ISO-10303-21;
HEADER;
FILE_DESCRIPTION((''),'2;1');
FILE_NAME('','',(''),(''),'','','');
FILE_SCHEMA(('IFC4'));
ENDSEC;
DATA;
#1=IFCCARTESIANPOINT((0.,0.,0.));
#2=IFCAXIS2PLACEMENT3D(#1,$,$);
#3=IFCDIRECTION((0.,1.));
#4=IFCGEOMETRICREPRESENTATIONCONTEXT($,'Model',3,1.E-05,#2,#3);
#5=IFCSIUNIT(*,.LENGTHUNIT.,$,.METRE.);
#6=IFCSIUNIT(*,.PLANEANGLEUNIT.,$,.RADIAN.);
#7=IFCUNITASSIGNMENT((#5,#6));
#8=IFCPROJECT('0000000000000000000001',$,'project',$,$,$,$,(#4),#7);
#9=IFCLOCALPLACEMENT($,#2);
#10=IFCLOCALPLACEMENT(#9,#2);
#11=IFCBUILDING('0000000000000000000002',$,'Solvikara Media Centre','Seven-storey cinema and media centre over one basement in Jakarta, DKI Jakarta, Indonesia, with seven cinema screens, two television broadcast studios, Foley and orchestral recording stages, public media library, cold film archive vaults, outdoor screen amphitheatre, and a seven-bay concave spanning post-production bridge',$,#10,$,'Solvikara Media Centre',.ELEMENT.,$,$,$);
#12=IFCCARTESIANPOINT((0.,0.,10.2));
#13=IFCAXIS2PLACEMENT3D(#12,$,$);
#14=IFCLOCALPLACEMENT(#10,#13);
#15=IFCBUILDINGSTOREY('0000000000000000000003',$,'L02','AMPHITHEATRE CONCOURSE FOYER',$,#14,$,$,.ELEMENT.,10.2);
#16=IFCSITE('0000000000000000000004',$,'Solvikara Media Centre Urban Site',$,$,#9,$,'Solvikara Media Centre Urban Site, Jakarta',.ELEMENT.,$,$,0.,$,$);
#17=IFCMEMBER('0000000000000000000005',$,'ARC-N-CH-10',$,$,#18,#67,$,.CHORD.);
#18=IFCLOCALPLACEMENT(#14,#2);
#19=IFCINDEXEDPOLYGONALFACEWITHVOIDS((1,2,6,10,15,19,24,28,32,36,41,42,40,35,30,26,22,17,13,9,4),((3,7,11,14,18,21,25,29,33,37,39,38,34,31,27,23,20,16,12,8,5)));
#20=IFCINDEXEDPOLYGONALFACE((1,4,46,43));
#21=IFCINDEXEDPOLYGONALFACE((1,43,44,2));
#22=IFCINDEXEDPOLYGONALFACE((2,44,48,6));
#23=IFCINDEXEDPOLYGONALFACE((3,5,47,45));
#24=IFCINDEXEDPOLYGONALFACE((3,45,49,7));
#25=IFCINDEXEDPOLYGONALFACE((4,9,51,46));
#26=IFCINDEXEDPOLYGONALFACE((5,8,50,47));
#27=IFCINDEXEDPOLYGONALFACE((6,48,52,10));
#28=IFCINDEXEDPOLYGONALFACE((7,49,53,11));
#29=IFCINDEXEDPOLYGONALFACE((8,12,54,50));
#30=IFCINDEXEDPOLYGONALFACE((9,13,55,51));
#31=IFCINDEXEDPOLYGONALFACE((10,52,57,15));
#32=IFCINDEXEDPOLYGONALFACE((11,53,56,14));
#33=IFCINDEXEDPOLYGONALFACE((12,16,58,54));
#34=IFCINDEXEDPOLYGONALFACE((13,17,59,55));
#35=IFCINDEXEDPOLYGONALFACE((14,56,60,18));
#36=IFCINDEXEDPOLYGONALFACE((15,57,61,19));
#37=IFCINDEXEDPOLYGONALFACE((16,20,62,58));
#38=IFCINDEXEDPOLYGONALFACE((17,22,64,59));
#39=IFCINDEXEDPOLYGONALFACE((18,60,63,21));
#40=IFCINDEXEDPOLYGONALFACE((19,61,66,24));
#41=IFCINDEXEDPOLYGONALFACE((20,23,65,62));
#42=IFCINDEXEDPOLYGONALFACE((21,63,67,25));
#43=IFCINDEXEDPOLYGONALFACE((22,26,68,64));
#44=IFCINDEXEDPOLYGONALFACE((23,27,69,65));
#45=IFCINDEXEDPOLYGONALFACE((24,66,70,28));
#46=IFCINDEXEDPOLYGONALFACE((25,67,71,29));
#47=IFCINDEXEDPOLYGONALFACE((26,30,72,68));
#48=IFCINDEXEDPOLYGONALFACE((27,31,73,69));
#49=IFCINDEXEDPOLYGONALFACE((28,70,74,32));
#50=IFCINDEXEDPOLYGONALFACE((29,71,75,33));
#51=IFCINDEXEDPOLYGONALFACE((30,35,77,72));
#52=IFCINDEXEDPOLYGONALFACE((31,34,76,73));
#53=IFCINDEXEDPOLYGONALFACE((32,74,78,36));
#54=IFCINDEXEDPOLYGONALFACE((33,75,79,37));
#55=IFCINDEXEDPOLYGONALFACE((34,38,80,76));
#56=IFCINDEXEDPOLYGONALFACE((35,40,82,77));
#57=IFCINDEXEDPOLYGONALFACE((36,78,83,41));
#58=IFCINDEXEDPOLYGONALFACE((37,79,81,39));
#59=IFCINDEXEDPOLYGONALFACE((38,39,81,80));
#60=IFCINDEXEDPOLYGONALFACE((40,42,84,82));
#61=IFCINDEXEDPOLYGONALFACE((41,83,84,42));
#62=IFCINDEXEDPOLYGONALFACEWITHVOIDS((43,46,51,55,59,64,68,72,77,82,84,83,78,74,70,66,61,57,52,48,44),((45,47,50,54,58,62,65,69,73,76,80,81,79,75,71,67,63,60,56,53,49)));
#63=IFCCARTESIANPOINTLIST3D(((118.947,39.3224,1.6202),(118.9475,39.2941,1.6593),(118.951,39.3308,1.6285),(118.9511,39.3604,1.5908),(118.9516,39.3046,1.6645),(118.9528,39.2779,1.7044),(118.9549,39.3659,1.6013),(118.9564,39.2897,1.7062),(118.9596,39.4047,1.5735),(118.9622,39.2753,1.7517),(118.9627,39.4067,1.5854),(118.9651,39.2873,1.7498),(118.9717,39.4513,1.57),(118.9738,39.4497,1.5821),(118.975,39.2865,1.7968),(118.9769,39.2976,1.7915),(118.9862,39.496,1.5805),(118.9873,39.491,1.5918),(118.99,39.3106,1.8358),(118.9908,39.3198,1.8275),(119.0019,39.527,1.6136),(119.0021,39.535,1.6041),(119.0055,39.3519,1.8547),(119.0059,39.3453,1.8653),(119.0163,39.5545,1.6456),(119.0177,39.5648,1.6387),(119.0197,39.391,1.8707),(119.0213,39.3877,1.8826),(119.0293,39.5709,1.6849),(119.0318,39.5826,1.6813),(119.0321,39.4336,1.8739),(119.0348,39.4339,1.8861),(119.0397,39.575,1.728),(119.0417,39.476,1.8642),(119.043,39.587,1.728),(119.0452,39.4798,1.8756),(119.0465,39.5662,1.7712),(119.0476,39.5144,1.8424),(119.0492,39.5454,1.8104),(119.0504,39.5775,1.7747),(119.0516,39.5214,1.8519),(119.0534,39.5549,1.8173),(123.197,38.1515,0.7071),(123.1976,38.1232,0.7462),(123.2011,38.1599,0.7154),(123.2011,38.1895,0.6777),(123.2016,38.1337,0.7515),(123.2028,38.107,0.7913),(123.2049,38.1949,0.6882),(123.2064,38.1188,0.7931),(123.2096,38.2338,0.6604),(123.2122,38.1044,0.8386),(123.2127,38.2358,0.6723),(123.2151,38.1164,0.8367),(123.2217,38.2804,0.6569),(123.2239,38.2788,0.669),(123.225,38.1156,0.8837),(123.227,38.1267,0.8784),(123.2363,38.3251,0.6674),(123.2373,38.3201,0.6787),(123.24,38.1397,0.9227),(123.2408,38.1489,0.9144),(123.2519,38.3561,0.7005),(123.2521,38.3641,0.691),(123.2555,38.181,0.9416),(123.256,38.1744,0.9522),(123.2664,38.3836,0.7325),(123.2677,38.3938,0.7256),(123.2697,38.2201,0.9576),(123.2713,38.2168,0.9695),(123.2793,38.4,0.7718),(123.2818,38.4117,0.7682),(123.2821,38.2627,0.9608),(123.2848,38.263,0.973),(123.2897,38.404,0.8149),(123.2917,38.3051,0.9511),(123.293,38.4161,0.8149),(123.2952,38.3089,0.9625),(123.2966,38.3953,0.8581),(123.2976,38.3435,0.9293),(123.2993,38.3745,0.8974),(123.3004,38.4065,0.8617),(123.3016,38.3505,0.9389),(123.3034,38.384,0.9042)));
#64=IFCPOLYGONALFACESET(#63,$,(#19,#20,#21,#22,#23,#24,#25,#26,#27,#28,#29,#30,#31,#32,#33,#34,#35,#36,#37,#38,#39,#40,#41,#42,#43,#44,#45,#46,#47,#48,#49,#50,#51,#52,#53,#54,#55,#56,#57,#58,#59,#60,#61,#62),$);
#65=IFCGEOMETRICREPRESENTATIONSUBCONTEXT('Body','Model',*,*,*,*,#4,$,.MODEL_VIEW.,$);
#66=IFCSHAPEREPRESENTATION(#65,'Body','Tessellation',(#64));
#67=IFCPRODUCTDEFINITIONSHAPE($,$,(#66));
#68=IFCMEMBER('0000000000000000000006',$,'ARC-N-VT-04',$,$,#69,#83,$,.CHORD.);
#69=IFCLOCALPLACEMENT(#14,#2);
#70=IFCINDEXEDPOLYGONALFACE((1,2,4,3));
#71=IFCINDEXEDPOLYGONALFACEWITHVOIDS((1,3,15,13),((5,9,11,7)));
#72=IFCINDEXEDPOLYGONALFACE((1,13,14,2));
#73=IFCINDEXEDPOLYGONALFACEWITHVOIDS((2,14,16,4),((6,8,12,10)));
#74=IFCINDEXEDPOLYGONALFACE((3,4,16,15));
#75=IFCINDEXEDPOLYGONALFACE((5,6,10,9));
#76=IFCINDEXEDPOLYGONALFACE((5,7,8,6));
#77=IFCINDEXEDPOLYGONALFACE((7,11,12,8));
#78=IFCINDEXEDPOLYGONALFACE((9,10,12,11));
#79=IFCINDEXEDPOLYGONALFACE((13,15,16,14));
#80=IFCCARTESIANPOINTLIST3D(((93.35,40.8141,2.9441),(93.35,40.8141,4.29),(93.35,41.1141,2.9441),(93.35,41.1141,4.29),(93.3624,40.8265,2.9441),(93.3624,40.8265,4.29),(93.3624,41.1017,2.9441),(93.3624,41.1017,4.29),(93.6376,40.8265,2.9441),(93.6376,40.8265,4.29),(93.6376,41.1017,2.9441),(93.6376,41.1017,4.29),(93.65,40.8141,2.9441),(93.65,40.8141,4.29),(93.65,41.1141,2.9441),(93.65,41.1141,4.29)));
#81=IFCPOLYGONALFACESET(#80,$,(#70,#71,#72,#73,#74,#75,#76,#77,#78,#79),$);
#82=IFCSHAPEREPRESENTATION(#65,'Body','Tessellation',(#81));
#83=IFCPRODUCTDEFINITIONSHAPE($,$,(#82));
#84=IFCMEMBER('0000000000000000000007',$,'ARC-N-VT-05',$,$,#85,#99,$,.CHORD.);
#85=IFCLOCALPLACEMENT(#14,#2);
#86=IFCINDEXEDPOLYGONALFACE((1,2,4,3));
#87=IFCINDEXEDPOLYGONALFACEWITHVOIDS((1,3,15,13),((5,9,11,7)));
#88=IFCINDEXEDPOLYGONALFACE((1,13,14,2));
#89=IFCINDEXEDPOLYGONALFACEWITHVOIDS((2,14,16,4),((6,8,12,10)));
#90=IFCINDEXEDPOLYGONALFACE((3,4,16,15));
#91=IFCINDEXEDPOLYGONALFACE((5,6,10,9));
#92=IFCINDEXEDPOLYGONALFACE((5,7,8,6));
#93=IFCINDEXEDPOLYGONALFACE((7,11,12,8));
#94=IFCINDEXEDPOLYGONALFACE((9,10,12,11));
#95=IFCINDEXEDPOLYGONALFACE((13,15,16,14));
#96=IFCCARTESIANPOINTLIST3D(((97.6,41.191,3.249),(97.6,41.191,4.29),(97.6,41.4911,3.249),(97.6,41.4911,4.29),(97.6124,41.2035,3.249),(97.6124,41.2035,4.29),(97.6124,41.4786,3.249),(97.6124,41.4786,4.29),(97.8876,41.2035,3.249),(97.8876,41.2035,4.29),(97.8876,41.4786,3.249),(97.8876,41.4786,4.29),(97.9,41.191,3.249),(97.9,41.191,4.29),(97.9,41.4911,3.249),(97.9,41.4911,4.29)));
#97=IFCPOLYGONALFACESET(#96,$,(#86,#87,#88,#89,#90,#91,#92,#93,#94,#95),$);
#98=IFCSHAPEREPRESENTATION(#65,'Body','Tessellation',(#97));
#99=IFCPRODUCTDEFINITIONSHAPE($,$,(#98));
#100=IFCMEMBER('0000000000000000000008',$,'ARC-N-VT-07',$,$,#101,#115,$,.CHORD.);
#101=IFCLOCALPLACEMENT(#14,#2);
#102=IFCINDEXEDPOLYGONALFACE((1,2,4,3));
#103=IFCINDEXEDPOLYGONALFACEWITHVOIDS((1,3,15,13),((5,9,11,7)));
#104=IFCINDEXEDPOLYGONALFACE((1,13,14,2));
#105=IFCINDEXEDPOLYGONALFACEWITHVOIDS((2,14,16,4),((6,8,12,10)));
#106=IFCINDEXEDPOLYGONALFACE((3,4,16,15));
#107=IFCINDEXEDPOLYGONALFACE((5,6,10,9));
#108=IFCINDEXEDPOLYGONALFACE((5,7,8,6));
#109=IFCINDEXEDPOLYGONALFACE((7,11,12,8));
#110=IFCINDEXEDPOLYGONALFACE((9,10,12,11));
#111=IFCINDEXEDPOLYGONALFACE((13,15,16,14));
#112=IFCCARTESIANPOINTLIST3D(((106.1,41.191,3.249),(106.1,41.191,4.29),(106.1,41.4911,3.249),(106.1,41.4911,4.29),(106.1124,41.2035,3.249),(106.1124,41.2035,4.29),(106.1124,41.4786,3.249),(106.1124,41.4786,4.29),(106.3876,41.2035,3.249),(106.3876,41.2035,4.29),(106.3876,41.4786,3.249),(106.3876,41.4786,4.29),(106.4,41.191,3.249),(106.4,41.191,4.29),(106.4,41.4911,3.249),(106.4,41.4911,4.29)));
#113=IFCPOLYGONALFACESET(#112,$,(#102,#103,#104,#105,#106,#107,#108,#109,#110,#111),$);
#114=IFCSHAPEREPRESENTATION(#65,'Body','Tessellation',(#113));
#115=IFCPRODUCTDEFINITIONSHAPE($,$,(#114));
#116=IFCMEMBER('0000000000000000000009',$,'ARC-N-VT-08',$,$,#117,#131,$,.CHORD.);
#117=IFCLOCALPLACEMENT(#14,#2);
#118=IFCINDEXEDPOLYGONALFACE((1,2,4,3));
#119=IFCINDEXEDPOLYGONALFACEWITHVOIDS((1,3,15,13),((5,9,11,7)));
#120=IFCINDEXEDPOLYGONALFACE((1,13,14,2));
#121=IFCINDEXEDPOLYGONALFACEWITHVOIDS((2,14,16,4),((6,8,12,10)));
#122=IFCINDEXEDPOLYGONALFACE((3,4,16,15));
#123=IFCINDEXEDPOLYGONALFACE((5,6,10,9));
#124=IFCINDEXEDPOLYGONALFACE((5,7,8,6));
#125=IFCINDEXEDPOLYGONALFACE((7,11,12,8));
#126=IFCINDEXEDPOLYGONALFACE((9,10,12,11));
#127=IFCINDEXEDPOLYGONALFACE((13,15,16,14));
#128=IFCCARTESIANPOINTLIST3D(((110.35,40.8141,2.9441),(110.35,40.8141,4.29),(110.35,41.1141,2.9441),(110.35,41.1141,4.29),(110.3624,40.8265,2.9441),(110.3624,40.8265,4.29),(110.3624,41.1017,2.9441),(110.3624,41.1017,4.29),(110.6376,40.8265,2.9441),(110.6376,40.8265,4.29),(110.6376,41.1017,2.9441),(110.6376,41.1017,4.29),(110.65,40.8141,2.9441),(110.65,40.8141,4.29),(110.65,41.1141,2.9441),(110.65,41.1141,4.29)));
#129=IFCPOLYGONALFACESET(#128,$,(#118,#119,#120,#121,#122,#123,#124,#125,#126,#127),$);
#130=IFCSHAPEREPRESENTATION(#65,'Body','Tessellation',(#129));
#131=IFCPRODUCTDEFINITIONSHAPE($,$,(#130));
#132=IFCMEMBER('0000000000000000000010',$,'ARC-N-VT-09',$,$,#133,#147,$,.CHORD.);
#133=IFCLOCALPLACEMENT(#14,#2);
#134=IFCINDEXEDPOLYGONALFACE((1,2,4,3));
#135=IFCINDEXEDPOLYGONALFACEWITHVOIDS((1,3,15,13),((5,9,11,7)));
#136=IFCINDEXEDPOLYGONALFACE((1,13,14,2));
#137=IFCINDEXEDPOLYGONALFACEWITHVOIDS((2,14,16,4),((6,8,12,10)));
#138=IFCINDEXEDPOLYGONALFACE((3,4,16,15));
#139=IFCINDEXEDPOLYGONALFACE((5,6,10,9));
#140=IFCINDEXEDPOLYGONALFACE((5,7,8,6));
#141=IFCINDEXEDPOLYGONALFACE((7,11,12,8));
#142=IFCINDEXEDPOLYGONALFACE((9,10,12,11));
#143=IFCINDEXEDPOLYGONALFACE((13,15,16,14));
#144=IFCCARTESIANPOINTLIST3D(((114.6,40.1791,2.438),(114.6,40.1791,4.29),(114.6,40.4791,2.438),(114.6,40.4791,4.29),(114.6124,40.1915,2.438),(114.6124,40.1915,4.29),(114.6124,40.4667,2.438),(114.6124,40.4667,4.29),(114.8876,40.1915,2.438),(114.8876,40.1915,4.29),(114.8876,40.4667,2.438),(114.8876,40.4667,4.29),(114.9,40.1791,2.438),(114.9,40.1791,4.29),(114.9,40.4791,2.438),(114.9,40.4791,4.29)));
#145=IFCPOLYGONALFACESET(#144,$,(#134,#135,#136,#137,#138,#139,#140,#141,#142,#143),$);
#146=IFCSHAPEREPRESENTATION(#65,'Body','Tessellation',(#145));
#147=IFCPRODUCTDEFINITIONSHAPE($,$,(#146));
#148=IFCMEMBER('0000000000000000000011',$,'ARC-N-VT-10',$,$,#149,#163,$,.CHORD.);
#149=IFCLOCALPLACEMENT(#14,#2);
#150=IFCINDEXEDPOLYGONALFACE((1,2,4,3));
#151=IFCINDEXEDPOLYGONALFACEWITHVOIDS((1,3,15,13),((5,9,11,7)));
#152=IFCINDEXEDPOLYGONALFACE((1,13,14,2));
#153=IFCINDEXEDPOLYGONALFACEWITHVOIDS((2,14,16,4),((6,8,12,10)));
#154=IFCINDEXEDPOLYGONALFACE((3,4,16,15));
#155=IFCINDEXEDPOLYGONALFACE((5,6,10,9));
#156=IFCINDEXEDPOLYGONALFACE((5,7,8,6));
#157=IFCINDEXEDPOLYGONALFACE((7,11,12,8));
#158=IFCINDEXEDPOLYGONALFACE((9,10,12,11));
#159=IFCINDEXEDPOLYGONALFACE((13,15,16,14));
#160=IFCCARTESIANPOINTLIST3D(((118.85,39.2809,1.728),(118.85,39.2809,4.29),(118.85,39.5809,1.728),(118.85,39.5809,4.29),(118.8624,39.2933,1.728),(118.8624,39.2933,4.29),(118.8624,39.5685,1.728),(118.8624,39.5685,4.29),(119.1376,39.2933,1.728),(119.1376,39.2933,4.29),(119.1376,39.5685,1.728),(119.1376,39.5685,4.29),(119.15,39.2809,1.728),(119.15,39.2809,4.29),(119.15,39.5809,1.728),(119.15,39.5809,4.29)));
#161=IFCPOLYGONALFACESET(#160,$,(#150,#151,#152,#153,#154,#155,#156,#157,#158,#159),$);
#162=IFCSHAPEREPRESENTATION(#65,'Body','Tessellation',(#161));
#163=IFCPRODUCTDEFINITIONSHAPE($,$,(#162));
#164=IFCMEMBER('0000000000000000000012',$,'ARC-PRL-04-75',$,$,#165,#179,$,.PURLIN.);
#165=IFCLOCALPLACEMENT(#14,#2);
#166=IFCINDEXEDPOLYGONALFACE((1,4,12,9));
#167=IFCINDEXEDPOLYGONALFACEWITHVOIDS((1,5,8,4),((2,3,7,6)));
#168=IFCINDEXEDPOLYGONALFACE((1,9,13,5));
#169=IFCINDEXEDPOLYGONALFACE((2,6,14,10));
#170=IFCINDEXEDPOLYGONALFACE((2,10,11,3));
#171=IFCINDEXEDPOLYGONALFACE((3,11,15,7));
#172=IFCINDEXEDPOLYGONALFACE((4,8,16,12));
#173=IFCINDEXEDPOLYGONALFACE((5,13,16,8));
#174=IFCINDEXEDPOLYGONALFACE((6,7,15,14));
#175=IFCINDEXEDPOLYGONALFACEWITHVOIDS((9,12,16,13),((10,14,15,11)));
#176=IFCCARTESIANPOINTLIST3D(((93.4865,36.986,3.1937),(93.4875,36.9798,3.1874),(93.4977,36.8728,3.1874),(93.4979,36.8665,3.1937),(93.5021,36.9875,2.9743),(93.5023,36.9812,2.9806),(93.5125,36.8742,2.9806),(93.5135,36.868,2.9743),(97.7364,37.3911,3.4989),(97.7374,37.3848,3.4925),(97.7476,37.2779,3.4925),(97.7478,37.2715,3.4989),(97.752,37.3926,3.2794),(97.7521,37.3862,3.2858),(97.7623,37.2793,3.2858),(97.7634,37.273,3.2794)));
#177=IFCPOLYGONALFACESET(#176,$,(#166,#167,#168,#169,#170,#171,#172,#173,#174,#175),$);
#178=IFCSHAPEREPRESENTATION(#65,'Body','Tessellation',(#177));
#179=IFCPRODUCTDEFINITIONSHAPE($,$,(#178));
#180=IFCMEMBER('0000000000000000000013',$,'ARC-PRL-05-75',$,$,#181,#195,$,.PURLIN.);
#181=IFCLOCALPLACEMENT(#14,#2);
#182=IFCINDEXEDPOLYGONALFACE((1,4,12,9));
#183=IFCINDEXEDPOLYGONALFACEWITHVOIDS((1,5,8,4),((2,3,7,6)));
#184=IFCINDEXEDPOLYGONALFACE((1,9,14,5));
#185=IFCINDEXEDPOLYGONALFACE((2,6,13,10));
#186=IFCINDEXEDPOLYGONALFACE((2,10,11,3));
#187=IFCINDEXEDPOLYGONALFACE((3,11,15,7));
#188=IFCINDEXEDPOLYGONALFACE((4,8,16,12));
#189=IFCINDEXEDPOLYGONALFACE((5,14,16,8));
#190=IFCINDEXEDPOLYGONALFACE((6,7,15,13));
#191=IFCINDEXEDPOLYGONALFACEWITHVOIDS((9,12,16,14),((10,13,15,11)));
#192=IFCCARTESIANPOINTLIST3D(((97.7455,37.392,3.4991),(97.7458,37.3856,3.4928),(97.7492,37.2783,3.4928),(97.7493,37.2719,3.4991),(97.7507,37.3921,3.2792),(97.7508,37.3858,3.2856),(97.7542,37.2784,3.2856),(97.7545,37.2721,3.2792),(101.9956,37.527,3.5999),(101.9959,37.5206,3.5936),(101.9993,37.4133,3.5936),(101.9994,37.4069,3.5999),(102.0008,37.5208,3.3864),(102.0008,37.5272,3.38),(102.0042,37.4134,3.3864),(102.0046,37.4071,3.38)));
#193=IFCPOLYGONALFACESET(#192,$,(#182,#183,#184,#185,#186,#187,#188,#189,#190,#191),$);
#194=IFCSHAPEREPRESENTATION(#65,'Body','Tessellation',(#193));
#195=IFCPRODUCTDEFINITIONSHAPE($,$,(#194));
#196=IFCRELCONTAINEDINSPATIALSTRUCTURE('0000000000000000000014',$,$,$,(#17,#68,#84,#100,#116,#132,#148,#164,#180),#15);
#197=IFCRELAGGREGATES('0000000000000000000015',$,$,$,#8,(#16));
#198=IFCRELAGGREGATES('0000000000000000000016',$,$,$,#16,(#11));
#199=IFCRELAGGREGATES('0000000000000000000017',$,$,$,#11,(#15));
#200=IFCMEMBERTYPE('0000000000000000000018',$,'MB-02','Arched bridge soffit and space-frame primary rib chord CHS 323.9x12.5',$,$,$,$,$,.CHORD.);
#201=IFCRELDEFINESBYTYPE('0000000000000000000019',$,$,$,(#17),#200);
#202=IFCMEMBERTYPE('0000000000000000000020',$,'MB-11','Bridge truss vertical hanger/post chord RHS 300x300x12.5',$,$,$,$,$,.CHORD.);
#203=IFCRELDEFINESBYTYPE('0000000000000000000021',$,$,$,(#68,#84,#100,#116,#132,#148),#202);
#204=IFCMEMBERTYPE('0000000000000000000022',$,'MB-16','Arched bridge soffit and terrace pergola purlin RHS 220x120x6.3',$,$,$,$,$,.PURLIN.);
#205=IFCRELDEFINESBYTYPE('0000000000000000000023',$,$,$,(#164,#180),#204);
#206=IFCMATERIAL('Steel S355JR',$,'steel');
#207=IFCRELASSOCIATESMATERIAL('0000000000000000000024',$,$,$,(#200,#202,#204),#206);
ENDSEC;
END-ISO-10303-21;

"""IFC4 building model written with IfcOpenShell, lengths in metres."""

from ifc_helpers import new_model, si_unit, direction, frame, origin, origin_2d, place, context, subcontext, project, spatial, hollow_rectangle, hollow_circle, extrude, material, material_profile, profile_set, type_object, element, save


model = new_model("IFC4")

# Units and contexts
model_context = context("Model", 3, precision=1e-05, world=origin(), true_north=direction((0.0, 1.0)))
body_context = subcontext(model_context, "Body", "Model", "MODEL_VIEW")
ifc_project = project(units=[si_unit("LENGTHUNIT", "METRE"), si_unit("PLANEANGLEUNIT", "RADIAN")], contexts=[model_context])

# Site, building, storey
site_placement = place(None, origin())
site = spatial("IfcSite", under=ifc_project, at=site_placement, Name="Solvikara Media Centre Urban Site", LongName="Solvikara Media Centre Urban Site, Jakarta", CompositionType="ELEMENT", RefElevation=0.0)
building_placement = place(site_placement, origin())
building = spatial("IfcBuilding", under=site, at=building_placement, Name="Solvikara Media Centre", Description="Seven-storey cinema and media centre over one basement in Jakarta, DKI Jakarta, Indonesia, with seven cinema screens, two television broadcast studios, Foley and orchestral recording stages, public media library, cold film archive vaults, outdoor screen amphitheatre, and a seven-bay concave spanning post-production bridge", LongName="Solvikara Media Centre", CompositionType="ELEMENT")
storey_placement = place(building_placement, frame((0.0, 0.0, 10.2)))
storey = spatial("IfcBuildingStorey", under=building, at=storey_placement, Name="L02", Description="AMPHITHEATRE CONCOURSE FOYER", CompositionType="ELEMENT", Elevation=10.2)

# Members
ifc_material = material(Name="Steel S355JR", Category="steel")
ifc_material_profile_1 = material_profile(ifc_material, hollow_circle(Radius=0.1619, WallThickness=0.0125, at=origin_2d()), Name="CHS 323.9x12.5")
ifc_profile_set_1 = profile_set([ifc_material_profile_1], Name="Steel S355JR")
member_type_1 = type_object("IfcMemberType", Name="MB-02", Description="Arched bridge soffit and space-frame primary rib chord CHS 323.9x12.5", PredefinedType="CHORD", material=ifc_profile_set_1)
member_1_placement = place(storey_placement, frame((119.0, 39.4309, 1.728), z_axis=(0.944043, -0.260089, -0.202822), x_axis=(0.26561, 0.964081, 0.0)))
element("IfcMember", 1, at=member_1_placement, inside=storey, type_object=member_type_1, Name="ARC-N-CH-10", PredefinedType="CHORD", context=body_context, shape_type="SweptSolid", body=[
    extrude(hollow_circle(Radius=0.1619, WallThickness=0.0125, at=origin_2d()), origin(), (0.0, 0.0, 1.0), 4.502),
])
ifc_material_profile_2 = material_profile(ifc_material, hollow_rectangle(XDim=0.3, YDim=0.3, WallThickness=0.0125, at=origin_2d()), Name="RHS 300x300x12.5")
ifc_profile_set_2 = profile_set([ifc_material_profile_2], Name="Steel S355JR")
member_type_2 = type_object("IfcMemberType", Name="MB-11", Description="Bridge truss vertical hanger/post chord RHS 300x300x12.5", PredefinedType="CHORD", material=ifc_profile_set_2)
member_2_placement = place(storey_placement, frame((93.5, 40.9641, 2.9441), z_axis=(0.0, 0.0, 1.0), x_axis=(1.0, 0.0, 0.0)))
element("IfcMember", 2, at=member_2_placement, inside=storey, type_object=member_type_2, Name="ARC-N-VT-04", PredefinedType="CHORD", context=body_context, shape_type="SweptSolid", body=[
    extrude(hollow_rectangle(XDim=0.3, YDim=0.3, WallThickness=0.0125, at=origin_2d()), origin(), (0.0, 0.0, 1.0), 1.3459),
])
for number, where, z_axis, x_axis, name in (
    (3, (97.75, 41.3411, 3.249), (0.0, 0.0, 1.0), (1.0, 0.0, 0.0), "ARC-N-VT-05"),
    (4, (106.25, 41.3411, 3.249), (0.0, 0.0, 1.0), (1.0, 0.0, 0.0), "ARC-N-VT-07"),
):
    element("IfcMember", number, at=place(storey_placement, frame(where, z_axis=z_axis, x_axis=x_axis)), inside=storey, type_object=member_type_2, Name=name, PredefinedType="CHORD", context=body_context, shape_type="SweptSolid", body=[
        extrude(hollow_rectangle(XDim=0.3, YDim=0.3, WallThickness=0.0125, at=origin_2d()), origin(), (0.0, 0.0, 1.0), 1.041),
    ])
member_3_placement = place(storey_placement, frame((110.5, 40.9641, 2.9441), z_axis=(0.0, 0.0, 1.0), x_axis=(1.0, 0.0, 0.0)))
element("IfcMember", 5, at=member_3_placement, inside=storey, type_object=member_type_2, Name="ARC-N-VT-08", PredefinedType="CHORD", context=body_context, shape_type="SweptSolid", body=[
    extrude(hollow_rectangle(XDim=0.3, YDim=0.3, WallThickness=0.0125, at=origin_2d()), origin(), (0.0, 0.0, 1.0), 1.3459),
])
member_4_placement = place(storey_placement, frame((114.75, 40.3291, 2.438), z_axis=(0.0, 0.0, 1.0), x_axis=(1.0, 0.0, 0.0)))
element("IfcMember", 6, at=member_4_placement, inside=storey, type_object=member_type_2, Name="ARC-N-VT-09", PredefinedType="CHORD", context=body_context, shape_type="SweptSolid", body=[
    extrude(hollow_rectangle(XDim=0.3, YDim=0.3, WallThickness=0.0125, at=origin_2d()), origin(), (0.0, 0.0, 1.0), 1.8521),
])
member_5_placement = place(storey_placement, frame((119.0, 39.4309, 1.728), z_axis=(0.0, 0.0, 1.0), x_axis=(1.0, 0.0, 0.0)))
element("IfcMember", 7, at=member_5_placement, inside=storey, type_object=member_type_2, Name="ARC-N-VT-10", PredefinedType="CHORD", context=body_context, shape_type="SweptSolid", body=[
    extrude(hollow_rectangle(XDim=0.3, YDim=0.3, WallThickness=0.0125, at=origin_2d()), origin(), (0.0, 0.0, 1.0), 2.562),
])
ifc_material_profile_3 = material_profile(ifc_material, hollow_rectangle(XDim=0.1201, YDim=0.22, WallThickness=0.0063, at=origin_2d()), Name="RHS 220x120x6.3")
ifc_profile_set_3 = profile_set([ifc_material_profile_3], Name="Steel S355JR")
member_type_3 = type_object("IfcMemberType", Name="MB-16", Description="Arched bridge soffit and terrace pergola purlin RHS 220x120x6.3", PredefinedType="PURLIN", material=ifc_profile_set_3)
member_6_placement = place(storey_placement, frame((93.5, 36.927, 3.084), z_axis=(0.992956, 0.09463, 0.0713), x_axis=(-0.094871, 0.99549, 0.0)))
element("IfcMember", 8, at=member_6_placement, inside=storey, type_object=member_type_3, Name="ARC-PRL-04-75", PredefinedType="PURLIN", context=body_context, shape_type="SweptSolid", body=[
    extrude(hollow_rectangle(XDim=0.1201, YDim=0.22, WallThickness=0.0063, at=origin_2d()), origin(), (0.0, 0.0, 1.0), 4.28),
])
for number, where, z_axis, x_axis, name in (
    (9, (97.75, 37.332, 3.3892), (0.999215, 0.031742, 0.023706), (-0.031751, 0.999496, 0.0), "ARC-PRL-05-75"),
):
    element("IfcMember", number, at=place(storey_placement, frame(where, z_axis=z_axis, x_axis=x_axis)), inside=storey, type_object=member_type_3, Name=name, PredefinedType="PURLIN", context=body_context, shape_type="SweptSolid", body=[
        extrude(hollow_rectangle(XDim=0.1201, YDim=0.22, WallThickness=0.0063, at=origin_2d()), origin(), (0.0, 0.0, 1.0), 4.2534),
    ])

save(model, "model.ifc")
